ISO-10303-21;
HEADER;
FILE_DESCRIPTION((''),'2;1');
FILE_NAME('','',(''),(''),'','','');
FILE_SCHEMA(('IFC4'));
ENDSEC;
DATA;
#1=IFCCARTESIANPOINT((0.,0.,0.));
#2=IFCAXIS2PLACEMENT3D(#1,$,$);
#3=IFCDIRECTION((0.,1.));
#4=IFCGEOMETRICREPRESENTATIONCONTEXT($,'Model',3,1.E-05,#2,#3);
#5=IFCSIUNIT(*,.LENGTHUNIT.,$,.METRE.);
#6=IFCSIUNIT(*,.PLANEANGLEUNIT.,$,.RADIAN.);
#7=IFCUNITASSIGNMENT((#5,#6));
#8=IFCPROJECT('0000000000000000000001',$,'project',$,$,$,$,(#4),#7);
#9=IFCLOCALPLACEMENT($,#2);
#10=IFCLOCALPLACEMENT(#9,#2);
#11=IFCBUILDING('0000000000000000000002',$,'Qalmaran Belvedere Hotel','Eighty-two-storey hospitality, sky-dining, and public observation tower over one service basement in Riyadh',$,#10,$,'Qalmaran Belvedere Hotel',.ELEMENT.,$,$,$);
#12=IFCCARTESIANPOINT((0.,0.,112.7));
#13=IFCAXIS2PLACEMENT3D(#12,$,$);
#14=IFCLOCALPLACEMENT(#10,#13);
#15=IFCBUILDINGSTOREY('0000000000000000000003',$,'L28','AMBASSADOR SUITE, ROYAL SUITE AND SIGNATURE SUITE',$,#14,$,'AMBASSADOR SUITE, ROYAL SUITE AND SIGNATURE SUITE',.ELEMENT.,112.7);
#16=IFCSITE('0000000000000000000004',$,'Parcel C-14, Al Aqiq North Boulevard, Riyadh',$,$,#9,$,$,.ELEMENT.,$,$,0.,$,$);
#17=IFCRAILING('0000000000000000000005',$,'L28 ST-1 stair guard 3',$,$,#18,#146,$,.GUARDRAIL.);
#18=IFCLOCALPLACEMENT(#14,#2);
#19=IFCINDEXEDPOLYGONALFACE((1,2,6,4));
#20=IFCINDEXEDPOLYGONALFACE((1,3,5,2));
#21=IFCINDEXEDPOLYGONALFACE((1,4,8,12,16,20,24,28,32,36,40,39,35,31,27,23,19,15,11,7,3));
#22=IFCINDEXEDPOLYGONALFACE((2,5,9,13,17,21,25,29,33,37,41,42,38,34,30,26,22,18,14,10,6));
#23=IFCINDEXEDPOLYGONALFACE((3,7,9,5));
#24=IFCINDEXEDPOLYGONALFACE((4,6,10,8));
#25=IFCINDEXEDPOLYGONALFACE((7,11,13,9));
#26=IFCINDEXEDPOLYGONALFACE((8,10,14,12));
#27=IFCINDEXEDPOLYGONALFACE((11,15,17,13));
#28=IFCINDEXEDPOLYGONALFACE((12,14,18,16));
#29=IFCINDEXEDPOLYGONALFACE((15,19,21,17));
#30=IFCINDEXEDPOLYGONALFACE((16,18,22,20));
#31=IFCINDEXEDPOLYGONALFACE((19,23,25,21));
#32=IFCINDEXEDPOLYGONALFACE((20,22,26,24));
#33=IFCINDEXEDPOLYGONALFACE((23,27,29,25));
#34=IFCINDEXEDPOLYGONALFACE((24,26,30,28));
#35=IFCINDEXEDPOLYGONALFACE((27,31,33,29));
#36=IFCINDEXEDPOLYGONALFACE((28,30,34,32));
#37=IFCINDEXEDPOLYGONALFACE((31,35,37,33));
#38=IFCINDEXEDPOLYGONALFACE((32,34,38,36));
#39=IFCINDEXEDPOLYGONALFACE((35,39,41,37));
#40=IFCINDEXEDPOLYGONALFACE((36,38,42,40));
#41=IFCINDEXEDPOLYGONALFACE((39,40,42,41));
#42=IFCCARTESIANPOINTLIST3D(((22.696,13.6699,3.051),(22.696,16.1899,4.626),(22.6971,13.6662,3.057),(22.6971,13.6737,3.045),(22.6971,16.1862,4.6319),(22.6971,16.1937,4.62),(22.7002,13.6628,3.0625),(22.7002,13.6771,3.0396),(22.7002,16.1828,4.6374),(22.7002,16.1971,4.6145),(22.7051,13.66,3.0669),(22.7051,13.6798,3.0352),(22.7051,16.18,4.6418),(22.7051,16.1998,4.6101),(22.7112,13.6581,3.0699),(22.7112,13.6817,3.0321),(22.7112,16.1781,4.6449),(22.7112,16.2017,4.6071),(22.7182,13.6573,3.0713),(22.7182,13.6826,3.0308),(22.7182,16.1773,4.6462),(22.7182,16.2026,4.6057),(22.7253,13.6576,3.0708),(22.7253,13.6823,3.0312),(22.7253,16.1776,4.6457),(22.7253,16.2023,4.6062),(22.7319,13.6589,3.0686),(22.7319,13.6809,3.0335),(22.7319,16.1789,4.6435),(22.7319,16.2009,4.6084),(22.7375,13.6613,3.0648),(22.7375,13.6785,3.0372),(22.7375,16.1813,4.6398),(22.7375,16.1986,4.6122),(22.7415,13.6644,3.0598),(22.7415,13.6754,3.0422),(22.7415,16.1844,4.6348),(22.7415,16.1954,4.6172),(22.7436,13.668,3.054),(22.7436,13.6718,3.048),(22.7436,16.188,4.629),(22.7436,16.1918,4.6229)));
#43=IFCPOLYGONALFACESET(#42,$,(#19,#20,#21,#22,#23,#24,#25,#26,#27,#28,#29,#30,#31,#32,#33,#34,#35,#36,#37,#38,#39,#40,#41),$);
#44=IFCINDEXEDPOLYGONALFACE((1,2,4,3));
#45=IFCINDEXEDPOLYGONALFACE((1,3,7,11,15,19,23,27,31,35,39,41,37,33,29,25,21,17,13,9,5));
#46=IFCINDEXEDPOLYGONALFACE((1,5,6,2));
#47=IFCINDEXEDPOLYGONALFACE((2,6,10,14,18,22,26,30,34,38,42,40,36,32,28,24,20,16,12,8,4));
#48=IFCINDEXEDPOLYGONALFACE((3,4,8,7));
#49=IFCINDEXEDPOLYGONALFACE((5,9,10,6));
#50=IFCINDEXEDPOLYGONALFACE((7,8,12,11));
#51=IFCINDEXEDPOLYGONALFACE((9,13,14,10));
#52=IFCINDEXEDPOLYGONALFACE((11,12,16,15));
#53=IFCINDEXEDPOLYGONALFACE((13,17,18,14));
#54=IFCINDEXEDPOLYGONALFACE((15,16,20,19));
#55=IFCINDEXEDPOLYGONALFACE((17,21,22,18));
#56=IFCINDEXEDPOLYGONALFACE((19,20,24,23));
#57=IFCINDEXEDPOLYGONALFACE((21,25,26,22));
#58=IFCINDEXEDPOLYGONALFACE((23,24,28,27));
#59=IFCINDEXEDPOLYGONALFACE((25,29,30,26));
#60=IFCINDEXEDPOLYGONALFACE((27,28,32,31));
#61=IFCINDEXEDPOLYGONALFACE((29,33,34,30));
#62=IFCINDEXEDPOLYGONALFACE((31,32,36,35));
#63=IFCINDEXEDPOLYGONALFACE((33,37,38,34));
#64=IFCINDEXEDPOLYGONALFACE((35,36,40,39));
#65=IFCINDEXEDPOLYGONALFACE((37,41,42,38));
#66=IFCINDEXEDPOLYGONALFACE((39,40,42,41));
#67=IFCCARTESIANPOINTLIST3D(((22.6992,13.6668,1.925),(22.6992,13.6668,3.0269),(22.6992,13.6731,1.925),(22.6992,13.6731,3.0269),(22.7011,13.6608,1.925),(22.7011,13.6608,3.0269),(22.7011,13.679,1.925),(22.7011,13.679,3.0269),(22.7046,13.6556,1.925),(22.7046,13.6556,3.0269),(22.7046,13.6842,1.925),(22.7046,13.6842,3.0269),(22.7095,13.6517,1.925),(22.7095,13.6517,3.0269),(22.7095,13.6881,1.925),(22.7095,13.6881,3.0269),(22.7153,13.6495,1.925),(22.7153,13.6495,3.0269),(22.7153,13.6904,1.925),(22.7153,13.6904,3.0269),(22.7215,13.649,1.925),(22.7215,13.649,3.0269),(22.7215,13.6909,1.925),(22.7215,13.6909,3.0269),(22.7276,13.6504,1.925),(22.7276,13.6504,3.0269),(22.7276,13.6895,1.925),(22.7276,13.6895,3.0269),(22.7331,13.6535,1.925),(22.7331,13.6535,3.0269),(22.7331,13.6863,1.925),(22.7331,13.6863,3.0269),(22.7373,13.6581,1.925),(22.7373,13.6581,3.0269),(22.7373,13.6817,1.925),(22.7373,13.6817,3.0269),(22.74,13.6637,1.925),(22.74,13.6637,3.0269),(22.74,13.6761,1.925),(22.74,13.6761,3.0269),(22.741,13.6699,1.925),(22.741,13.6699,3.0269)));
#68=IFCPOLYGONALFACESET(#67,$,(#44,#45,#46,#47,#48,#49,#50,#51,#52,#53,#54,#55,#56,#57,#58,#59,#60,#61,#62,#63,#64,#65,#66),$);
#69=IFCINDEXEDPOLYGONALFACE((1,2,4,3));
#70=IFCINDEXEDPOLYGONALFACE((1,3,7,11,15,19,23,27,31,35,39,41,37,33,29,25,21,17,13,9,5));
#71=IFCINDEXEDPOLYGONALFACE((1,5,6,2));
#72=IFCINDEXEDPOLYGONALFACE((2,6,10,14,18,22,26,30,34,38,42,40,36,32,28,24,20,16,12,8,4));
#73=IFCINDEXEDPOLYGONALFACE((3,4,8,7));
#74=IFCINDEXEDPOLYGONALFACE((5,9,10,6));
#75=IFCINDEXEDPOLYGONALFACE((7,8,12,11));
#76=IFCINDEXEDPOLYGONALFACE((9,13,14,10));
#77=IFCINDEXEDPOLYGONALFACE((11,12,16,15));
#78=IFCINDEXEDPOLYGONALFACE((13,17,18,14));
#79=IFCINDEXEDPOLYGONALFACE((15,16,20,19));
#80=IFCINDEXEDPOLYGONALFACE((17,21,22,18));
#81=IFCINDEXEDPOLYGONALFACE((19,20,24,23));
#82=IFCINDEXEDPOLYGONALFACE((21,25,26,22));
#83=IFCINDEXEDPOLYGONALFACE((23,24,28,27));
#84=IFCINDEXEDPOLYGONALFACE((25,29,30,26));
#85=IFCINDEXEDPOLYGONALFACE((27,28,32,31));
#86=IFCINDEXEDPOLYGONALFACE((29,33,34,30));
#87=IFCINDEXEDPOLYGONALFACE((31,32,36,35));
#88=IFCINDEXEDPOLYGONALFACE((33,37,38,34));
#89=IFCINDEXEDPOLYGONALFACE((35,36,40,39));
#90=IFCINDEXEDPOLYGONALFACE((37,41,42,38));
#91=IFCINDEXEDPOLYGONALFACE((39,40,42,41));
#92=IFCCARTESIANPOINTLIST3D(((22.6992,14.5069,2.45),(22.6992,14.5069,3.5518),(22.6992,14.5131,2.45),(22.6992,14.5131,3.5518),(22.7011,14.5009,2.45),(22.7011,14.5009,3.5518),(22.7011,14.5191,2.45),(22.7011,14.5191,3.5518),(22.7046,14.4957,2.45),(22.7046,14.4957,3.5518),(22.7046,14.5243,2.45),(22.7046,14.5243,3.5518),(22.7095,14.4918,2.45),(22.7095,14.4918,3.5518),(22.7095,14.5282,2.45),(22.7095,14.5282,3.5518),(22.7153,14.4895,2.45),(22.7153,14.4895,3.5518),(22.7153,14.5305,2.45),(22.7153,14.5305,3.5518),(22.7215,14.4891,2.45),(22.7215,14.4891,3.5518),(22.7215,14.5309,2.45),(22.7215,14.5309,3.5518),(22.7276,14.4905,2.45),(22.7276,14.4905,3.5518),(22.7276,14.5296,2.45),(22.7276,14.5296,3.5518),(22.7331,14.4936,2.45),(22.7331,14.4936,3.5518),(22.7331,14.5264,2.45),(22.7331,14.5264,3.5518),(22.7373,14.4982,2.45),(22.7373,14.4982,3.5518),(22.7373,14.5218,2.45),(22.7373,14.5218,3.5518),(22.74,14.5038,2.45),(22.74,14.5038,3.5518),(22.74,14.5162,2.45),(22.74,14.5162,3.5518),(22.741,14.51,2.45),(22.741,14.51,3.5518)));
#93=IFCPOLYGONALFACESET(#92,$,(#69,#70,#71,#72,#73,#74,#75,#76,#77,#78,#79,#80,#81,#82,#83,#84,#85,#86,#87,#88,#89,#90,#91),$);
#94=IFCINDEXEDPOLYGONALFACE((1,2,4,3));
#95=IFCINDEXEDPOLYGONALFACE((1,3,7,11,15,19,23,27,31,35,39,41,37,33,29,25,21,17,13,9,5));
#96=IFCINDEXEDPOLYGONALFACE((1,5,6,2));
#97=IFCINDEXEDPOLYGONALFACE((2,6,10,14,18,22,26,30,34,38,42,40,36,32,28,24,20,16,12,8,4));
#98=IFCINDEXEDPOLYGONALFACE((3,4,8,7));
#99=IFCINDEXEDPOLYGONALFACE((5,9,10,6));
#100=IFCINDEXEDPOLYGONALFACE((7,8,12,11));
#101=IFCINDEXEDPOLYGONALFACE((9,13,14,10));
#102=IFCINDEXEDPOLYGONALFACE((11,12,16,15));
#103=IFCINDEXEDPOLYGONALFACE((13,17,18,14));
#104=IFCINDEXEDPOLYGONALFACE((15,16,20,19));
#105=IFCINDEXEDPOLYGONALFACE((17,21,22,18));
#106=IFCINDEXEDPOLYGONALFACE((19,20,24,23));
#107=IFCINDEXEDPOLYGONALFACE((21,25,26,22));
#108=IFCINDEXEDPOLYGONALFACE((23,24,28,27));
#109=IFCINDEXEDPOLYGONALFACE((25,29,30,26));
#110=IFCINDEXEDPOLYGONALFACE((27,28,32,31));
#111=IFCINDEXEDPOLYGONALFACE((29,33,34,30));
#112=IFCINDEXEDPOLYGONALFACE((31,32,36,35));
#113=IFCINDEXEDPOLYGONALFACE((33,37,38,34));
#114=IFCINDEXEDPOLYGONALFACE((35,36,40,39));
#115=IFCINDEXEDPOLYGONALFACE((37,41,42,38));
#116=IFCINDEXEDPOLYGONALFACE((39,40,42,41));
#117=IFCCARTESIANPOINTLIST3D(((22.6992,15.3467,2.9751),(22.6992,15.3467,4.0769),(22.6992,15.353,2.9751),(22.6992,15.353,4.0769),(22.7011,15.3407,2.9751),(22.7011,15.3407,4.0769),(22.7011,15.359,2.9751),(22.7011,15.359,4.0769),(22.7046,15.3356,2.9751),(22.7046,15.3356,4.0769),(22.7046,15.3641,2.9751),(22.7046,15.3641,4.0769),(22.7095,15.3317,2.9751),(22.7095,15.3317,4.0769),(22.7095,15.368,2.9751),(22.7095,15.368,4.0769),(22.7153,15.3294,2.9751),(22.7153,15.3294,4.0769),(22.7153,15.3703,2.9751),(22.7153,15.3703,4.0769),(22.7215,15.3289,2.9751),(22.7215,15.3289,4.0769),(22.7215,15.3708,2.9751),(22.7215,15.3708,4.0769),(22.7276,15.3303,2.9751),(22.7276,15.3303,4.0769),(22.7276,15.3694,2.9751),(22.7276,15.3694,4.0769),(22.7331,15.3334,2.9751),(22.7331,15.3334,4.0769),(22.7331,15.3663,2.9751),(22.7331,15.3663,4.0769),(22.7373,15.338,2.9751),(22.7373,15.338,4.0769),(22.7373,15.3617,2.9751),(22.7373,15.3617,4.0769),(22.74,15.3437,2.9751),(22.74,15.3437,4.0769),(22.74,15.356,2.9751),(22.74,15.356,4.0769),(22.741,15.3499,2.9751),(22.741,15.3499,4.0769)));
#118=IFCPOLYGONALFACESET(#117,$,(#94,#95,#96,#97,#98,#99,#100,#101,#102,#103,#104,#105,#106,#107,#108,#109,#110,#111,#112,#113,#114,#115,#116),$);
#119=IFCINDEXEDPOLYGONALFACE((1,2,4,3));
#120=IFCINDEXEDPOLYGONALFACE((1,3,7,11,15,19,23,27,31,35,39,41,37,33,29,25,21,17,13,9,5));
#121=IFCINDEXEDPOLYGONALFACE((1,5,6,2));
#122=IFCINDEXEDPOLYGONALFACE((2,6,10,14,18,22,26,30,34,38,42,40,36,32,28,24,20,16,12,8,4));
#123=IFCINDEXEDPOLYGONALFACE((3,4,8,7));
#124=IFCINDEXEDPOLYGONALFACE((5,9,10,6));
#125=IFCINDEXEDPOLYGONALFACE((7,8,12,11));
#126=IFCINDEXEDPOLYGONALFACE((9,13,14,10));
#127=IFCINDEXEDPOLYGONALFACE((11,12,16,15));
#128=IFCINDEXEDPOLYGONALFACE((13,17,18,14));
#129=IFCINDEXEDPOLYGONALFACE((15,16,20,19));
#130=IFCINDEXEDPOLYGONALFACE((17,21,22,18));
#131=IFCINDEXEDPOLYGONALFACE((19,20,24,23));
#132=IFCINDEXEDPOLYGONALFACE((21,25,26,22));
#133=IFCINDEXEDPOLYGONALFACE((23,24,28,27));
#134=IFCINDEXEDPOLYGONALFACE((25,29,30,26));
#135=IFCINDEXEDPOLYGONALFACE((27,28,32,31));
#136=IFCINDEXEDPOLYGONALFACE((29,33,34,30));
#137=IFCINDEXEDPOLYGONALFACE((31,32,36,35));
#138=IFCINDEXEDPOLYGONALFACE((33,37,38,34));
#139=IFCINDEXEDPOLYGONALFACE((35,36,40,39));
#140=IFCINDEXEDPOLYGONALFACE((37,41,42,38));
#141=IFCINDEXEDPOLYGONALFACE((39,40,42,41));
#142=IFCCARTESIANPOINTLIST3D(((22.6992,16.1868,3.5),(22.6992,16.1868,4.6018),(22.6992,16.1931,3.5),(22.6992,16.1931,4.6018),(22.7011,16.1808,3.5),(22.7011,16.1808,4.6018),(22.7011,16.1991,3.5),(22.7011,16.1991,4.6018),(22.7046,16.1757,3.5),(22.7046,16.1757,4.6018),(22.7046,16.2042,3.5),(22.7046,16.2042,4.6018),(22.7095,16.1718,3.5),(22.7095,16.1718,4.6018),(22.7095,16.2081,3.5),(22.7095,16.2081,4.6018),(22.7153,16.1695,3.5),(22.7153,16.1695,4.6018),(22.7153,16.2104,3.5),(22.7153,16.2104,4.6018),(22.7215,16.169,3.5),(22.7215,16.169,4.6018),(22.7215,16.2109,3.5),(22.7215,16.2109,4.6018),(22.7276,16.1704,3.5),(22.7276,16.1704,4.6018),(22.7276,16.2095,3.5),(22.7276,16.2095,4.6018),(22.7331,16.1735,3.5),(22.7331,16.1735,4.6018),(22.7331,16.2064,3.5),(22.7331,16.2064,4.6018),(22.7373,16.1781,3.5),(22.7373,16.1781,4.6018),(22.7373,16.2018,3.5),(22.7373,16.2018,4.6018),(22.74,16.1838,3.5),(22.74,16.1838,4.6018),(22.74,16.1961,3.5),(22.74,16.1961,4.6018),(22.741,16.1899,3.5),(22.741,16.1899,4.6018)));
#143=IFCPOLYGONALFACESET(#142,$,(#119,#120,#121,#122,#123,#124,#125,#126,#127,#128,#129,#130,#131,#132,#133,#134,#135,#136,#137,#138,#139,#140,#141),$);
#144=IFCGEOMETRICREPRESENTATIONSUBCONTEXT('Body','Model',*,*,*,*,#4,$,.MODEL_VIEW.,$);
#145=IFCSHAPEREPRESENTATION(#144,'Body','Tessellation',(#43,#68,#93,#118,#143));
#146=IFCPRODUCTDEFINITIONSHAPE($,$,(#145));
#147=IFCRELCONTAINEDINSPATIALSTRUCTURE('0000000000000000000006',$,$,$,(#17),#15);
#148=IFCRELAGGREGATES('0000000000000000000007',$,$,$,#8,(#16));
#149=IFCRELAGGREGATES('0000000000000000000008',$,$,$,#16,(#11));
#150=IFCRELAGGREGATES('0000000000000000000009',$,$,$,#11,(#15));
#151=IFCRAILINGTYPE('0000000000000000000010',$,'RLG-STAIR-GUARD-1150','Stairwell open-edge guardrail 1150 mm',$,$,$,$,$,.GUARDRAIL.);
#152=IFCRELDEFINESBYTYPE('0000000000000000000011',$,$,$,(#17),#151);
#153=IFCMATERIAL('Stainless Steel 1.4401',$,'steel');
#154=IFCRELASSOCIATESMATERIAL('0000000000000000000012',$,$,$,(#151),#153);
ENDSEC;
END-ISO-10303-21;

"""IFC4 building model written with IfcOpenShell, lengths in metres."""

from ifc_helpers import new_model, si_unit, direction, frame, origin, origin_2d, place, context, subcontext, project, spatial, circle, extrude, material, type_object, element, save


model = new_model("IFC4")

# Units and contexts
model_context = context("Model", 3, precision=1e-05, world=origin(), true_north=direction((0.0, 1.0)))
body_context = subcontext(model_context, "Body", "Model", "MODEL_VIEW")
ifc_project = project(units=[si_unit("LENGTHUNIT", "METRE"), si_unit("PLANEANGLEUNIT", "RADIAN")], contexts=[model_context])

# Site, building, storey
site_placement = place(None, origin())
site = spatial("IfcSite", under=ifc_project, at=site_placement, Name="Parcel C-14, Al Aqiq North Boulevard, Riyadh", CompositionType="ELEMENT", RefElevation=0.0)
building_placement = place(site_placement, origin())
building = spatial("IfcBuilding", under=site, at=building_placement, Name="Qalmaran Belvedere Hotel", Description="Eighty-two-storey hospitality, sky-dining, and public observation tower over one service basement in Riyadh", LongName="Qalmaran Belvedere Hotel", CompositionType="ELEMENT")
storey_placement = place(building_placement, frame((0.0, 0.0, 112.7)))
storey = spatial("IfcBuildingStorey", under=building, at=storey_placement, Name="L28", Description="AMBASSADOR SUITE, ROYAL SUITE AND SIGNATURE SUITE", LongName="AMBASSADOR SUITE, ROYAL SUITE AND SIGNATURE SUITE", CompositionType="ELEMENT", Elevation=112.7)

# Shared definitions
ifc_material_1 = material(Name="Stainless Steel 1.4401", Category="steel")

# Railing
railing_type_1 = type_object("IfcRailingType", Name="RLG-STAIR-GUARD-1150", Description="Stairwell open-edge guardrail 1150 mm", PredefinedType="GUARDRAIL", material=ifc_material_1)
railing_1_placement = place(storey_placement, frame((22.72, 13.6699, 1.925)))
element("IfcRailing", 1, at=railing_1_placement, inside=storey, type_object=railing_type_1, Name="L28 ST-1 stair guard 3", PredefinedType="GUARDRAIL", context=body_context, shape_type="SweptSolid", body=[
    extrude(circle(Radius=0.0239, at=origin_2d()), frame((0.0, 0.0, 1.126), z_axis=(0.0, 0.848008, 0.529984), x_axis=(-1.0, 0.0, 0.0)), (0.0, 0.0, 1.0), 2.9717),
    extrude(circle(Radius=0.021, at=origin_2d()), origin(), (0.0, 0.0, 1.0), 1.1018),
    extrude(circle(Radius=0.021, at=origin_2d()), frame((0.0, 0.8401, 0.5249)), (0.0, 0.0, 1.0), 1.1018),
    extrude(circle(Radius=0.021, at=origin_2d()), frame((0.0, 1.6799, 1.05)), (0.0, 0.0, 1.0), 1.1018),
    extrude(circle(Radius=0.021, at=origin_2d()), frame((0.0, 2.52, 1.575)), (0.0, 0.0, 1.0), 1.1018),
])

save(model, "model.ifc")
